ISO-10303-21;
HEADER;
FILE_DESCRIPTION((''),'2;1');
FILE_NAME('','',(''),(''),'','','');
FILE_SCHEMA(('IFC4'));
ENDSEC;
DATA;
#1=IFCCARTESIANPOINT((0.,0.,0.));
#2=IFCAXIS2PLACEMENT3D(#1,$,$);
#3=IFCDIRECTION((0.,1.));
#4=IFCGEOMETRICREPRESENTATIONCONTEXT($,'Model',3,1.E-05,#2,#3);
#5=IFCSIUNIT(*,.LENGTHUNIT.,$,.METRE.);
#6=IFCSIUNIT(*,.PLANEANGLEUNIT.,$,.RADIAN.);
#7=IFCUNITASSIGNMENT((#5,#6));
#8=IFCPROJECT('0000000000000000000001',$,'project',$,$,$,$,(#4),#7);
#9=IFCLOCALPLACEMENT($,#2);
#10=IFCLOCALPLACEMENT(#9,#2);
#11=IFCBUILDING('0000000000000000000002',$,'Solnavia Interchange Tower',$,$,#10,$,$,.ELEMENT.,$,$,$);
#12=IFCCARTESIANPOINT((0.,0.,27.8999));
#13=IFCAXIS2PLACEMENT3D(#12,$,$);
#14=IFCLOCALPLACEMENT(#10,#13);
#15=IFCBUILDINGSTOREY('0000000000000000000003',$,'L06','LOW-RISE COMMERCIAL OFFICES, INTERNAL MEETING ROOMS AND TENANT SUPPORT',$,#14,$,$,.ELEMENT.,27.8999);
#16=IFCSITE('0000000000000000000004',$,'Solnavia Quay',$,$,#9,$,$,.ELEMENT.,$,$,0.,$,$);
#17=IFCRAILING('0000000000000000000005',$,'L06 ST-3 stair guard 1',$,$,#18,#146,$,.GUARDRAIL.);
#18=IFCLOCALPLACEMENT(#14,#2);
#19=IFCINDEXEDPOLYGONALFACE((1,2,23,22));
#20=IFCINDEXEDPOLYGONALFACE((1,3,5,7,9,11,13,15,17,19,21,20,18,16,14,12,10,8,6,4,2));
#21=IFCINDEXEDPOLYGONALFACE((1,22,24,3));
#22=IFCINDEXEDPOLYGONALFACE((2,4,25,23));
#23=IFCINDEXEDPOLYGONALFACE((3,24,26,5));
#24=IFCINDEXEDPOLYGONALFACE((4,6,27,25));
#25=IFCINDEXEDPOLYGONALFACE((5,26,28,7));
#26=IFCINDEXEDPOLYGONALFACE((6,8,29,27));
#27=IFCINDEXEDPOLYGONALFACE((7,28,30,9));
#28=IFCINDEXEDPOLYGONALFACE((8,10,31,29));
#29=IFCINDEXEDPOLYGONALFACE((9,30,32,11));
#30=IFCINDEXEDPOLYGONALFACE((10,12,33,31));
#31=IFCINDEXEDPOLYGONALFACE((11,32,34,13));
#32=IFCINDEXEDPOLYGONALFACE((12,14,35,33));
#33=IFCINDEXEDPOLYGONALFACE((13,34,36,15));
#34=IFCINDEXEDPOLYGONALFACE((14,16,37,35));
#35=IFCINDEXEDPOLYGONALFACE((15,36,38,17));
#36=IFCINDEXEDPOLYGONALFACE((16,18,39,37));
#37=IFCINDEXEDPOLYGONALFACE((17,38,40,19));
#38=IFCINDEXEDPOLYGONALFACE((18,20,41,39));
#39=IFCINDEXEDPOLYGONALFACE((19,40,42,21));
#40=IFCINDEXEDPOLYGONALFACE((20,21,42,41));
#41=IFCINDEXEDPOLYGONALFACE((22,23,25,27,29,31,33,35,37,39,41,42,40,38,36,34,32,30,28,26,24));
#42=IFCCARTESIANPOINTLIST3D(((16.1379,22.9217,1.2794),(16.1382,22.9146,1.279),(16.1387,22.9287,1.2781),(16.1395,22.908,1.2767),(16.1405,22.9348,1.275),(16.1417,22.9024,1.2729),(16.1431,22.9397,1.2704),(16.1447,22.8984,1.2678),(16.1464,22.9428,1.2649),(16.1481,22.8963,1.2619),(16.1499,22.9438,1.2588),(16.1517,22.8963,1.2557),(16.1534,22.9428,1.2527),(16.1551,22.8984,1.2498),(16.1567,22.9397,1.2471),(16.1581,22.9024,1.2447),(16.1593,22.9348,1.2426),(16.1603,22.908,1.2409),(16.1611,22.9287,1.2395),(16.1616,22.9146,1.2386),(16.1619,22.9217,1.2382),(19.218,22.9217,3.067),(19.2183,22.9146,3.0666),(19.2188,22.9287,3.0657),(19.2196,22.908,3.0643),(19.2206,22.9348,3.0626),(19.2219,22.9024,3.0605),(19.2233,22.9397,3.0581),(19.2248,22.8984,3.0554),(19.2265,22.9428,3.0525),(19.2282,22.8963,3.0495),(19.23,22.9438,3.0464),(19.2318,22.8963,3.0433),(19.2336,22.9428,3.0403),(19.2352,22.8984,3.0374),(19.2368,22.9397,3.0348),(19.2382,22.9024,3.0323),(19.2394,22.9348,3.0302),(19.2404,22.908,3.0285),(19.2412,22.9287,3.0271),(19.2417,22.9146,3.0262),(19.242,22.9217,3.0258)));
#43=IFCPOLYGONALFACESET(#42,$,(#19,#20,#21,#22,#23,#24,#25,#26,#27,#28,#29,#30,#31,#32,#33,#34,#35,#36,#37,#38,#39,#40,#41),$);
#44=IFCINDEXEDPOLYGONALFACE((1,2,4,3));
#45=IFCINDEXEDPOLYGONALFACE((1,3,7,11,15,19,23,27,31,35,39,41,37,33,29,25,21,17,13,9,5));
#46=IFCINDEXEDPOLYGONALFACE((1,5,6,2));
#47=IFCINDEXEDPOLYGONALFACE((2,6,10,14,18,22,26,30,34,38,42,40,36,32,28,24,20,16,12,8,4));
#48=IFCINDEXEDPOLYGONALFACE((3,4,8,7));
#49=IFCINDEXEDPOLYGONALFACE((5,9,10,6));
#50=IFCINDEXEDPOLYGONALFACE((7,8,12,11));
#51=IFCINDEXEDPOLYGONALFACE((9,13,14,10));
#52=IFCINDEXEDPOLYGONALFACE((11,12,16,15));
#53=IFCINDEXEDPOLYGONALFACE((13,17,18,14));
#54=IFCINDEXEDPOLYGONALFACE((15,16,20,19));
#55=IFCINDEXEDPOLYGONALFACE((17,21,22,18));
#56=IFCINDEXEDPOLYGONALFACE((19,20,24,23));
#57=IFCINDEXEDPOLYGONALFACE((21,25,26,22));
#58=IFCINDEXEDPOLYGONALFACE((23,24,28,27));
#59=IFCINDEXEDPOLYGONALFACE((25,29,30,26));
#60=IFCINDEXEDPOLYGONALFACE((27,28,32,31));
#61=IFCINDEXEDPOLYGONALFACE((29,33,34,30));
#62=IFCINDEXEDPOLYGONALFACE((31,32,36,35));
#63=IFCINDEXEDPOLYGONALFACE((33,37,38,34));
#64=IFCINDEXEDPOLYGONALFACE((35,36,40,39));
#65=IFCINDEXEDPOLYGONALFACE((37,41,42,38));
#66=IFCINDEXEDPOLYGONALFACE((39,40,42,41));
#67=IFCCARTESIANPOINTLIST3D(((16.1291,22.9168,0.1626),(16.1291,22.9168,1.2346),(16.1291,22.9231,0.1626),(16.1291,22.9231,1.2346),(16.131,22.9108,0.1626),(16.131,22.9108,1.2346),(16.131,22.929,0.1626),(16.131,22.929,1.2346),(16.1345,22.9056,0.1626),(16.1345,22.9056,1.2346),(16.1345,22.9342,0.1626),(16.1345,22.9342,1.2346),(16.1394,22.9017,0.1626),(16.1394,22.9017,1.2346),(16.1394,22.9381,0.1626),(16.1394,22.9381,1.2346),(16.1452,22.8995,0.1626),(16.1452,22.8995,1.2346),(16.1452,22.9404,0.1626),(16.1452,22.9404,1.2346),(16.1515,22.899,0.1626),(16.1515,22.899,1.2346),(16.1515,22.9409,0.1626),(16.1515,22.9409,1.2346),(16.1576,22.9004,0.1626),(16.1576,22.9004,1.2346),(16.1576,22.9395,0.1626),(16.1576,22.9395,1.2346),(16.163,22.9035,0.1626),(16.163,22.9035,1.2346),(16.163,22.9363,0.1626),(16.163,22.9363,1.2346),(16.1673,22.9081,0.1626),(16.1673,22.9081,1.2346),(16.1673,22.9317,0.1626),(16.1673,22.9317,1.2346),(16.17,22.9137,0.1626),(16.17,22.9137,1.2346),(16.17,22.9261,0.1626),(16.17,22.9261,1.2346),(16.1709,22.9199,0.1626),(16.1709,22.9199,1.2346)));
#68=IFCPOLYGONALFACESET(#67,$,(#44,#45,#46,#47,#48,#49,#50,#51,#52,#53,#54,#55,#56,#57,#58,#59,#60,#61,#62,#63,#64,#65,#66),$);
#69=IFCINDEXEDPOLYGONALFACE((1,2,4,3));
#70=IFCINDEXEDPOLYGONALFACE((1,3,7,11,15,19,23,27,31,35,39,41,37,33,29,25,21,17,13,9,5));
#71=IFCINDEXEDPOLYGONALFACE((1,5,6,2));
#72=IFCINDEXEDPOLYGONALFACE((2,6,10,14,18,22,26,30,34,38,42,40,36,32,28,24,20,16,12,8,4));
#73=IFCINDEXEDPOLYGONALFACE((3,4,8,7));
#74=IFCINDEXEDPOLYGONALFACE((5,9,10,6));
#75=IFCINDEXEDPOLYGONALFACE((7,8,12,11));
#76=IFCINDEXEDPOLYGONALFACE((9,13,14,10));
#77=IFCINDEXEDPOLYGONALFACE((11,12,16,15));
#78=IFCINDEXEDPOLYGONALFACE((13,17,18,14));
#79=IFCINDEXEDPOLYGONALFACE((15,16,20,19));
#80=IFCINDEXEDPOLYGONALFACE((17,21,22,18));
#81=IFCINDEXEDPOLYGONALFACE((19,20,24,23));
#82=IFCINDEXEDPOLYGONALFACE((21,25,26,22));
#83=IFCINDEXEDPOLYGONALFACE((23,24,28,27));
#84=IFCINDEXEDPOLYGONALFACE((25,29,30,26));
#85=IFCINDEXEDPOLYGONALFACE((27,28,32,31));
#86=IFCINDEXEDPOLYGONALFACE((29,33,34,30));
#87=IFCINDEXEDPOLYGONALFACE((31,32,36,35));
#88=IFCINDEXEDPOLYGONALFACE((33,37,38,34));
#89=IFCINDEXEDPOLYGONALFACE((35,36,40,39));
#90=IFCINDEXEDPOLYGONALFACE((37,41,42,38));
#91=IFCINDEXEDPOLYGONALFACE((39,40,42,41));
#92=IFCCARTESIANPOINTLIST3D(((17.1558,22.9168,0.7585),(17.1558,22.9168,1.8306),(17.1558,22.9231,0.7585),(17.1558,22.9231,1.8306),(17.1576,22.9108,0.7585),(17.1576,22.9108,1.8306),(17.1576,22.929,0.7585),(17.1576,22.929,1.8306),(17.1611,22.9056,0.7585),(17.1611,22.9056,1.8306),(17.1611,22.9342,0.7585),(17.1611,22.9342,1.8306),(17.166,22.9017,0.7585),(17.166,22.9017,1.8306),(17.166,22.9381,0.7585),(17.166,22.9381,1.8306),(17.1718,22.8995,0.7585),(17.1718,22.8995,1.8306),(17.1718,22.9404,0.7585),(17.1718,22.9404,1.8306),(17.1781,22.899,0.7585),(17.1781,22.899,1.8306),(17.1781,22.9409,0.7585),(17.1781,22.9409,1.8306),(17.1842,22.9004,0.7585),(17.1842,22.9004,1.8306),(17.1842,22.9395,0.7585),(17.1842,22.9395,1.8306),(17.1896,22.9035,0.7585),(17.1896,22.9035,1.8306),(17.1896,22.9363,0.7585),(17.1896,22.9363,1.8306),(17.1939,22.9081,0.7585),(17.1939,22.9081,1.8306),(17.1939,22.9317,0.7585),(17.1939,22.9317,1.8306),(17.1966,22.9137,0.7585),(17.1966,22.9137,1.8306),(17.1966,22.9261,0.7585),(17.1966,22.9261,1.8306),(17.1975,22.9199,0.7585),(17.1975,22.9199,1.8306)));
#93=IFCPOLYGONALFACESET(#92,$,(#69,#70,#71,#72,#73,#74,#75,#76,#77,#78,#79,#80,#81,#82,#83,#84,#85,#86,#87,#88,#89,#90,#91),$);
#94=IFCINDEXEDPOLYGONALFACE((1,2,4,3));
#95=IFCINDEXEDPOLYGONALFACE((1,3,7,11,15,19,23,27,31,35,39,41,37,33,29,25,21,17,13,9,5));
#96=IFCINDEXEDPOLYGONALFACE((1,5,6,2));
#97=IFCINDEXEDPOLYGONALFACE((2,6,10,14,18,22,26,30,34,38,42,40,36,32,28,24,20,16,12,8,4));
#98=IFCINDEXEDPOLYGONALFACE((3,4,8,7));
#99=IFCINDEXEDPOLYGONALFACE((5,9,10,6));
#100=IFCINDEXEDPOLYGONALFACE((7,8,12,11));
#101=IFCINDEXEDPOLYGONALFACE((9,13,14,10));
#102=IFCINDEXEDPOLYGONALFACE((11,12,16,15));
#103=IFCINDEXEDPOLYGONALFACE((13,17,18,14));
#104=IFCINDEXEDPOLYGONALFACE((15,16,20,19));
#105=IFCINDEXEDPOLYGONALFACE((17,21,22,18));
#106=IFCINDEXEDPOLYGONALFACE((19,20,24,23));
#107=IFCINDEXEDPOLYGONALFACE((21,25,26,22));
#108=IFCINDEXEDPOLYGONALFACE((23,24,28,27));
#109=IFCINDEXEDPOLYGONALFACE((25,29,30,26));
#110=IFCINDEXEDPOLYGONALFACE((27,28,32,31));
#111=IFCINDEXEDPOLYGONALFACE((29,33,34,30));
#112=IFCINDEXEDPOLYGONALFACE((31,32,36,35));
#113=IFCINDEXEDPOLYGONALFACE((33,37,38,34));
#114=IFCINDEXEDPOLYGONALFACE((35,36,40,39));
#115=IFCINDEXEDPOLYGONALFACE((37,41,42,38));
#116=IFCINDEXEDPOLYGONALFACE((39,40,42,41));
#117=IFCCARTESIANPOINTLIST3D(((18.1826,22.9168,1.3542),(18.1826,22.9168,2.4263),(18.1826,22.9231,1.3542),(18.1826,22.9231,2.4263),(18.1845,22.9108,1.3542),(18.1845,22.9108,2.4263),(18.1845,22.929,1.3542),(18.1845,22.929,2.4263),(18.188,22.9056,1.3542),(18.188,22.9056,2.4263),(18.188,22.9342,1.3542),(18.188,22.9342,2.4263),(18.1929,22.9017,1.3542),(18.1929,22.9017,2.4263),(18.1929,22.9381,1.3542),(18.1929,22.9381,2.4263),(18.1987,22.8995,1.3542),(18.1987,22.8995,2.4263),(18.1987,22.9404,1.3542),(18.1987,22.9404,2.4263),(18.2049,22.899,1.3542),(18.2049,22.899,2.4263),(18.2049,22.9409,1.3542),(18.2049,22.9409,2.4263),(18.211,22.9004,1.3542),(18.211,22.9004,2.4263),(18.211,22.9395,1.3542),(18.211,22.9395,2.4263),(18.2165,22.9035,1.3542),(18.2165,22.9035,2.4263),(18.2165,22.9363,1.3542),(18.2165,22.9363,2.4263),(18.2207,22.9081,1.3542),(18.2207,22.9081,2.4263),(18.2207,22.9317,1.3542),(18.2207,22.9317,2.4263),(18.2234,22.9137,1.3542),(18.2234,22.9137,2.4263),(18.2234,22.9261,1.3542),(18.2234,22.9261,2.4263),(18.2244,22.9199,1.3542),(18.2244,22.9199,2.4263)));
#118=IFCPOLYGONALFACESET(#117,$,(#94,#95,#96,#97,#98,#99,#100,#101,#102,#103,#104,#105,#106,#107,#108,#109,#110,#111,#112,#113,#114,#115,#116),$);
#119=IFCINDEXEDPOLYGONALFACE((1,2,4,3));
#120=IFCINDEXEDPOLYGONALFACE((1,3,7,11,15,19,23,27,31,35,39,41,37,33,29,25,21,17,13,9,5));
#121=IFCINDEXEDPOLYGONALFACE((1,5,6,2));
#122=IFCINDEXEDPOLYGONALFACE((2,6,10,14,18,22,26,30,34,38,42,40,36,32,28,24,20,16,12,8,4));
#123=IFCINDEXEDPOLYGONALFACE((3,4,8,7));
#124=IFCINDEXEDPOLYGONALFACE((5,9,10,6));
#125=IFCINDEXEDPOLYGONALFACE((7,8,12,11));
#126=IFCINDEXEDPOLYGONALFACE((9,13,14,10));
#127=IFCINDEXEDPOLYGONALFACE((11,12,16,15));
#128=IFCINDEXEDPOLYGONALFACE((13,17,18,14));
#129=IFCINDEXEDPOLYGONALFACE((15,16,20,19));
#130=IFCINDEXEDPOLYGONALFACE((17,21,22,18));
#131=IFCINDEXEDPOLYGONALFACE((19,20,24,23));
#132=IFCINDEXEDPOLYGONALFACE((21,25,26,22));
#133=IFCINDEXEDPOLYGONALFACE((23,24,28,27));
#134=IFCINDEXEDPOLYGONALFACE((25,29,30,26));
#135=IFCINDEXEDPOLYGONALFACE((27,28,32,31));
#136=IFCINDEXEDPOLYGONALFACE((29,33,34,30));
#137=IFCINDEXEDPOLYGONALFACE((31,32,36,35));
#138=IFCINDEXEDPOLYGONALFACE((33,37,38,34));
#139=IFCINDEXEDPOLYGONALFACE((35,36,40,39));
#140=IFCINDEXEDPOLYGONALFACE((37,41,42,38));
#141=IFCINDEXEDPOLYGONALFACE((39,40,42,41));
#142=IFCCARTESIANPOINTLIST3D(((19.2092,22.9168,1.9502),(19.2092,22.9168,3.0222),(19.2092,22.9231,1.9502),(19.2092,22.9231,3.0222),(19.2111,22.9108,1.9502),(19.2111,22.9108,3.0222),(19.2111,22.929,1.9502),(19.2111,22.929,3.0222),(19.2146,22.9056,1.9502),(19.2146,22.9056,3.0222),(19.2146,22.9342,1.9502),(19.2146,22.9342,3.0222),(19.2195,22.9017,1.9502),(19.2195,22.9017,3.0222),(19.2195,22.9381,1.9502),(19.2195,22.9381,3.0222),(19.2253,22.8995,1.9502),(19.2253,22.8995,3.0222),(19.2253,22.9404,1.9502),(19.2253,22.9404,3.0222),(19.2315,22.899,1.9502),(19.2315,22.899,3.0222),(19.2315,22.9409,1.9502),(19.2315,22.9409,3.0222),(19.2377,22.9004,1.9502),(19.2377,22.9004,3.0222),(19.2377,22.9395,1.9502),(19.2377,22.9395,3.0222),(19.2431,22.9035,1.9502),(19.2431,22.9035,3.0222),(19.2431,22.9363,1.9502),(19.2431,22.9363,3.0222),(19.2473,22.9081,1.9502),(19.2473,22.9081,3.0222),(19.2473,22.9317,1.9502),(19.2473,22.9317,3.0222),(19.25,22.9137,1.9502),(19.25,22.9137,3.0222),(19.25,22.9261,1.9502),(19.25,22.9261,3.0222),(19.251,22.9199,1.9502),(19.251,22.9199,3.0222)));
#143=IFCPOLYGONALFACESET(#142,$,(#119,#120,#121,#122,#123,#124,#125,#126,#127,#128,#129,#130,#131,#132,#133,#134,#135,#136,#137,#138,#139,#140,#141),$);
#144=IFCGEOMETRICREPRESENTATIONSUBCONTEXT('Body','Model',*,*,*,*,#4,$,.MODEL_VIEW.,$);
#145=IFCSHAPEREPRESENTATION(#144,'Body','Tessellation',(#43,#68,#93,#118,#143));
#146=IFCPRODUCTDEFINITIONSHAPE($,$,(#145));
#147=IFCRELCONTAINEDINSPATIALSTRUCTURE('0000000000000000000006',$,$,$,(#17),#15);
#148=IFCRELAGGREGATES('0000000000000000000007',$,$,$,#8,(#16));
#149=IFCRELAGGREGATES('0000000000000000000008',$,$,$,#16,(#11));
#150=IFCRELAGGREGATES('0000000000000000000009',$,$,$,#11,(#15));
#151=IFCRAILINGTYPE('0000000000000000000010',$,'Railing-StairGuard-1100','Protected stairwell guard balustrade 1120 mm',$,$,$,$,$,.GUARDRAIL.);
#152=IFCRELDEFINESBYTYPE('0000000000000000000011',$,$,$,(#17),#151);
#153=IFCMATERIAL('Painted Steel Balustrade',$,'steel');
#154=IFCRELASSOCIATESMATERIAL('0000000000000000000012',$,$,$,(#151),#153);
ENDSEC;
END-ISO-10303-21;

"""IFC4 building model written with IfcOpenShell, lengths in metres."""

from ifc_helpers import new_model, si_unit, direction, frame, origin, origin_2d, place, context, subcontext, project, spatial, circle, extrude, material, type_object, element, save


model = new_model("IFC4")

# Units and contexts
model_context = context("Model", 3, precision=1e-05, world=origin(), true_north=direction((0.0, 1.0)))
body_context = subcontext(model_context, "Body", "Model", "MODEL_VIEW")
ifc_project = project(units=[si_unit("LENGTHUNIT", "METRE"), si_unit("PLANEANGLEUNIT", "RADIAN")], contexts=[model_context])

# Site, building, storey
site_placement = place(None, origin())
site = spatial("IfcSite", under=ifc_project, at=site_placement, Name="Solnavia Quay", CompositionType="ELEMENT", RefElevation=0.0)
building_placement = place(site_placement, origin())
building = spatial("IfcBuilding", under=site, at=building_placement, Name="Solnavia Interchange Tower", CompositionType="ELEMENT")
storey_placement = place(building_placement, frame((0.0, 0.0, 27.8999)))
storey = spatial("IfcBuildingStorey", under=building, at=storey_placement, Name="L06", Description="LOW-RISE COMMERCIAL OFFICES, INTERNAL MEETING ROOMS AND TENANT SUPPORT", CompositionType="ELEMENT", Elevation=27.8999)

# Railing
ifc_material_1 = material(Name="Painted Steel Balustrade", Category="steel")
railing_type_1 = type_object("IfcRailingType", Name="Railing-StairGuard-1100", Description="Protected stairwell guard balustrade 1120 mm", PredefinedType="GUARDRAIL", material=ifc_material_1)
railing_1_placement = place(storey_placement, frame((16.1499, 22.9199, 0.1626)))
element("IfcRailing", 1, at=railing_1_placement, inside=storey, type_object=railing_type_1, Name="L06 ST-3 stair guard 1", PredefinedType="GUARDRAIL", context=body_context, shape_type="SweptSolid", body=[
    extrude(circle(Radius=0.0239, at=origin_2d()), frame((0.0, 0.0, 1.0962), z_axis=(0.864891, 0.0, 0.50196), x_axis=(0.0, 1.0, 0.0)), (0.0, 0.0, 1.0), 3.5613),
    extrude(circle(Radius=0.021, at=origin_2d()), origin(), (0.0, 0.0, 1.0), 1.072),
    extrude(circle(Radius=0.021, at=origin_2d()), frame((1.0266, 0.0, 0.5959)), (0.0, 0.0, 1.0), 1.072),
    extrude(circle(Radius=0.021, at=origin_2d()), frame((2.0535, 0.0, 1.1917)), (0.0, 0.0, 1.0), 1.072),
    extrude(circle(Radius=0.021, at=origin_2d()), frame((3.0801, 0.0, 1.7876)), (0.0, 0.0, 1.0), 1.072),
])

save(model, "model.ifc")
